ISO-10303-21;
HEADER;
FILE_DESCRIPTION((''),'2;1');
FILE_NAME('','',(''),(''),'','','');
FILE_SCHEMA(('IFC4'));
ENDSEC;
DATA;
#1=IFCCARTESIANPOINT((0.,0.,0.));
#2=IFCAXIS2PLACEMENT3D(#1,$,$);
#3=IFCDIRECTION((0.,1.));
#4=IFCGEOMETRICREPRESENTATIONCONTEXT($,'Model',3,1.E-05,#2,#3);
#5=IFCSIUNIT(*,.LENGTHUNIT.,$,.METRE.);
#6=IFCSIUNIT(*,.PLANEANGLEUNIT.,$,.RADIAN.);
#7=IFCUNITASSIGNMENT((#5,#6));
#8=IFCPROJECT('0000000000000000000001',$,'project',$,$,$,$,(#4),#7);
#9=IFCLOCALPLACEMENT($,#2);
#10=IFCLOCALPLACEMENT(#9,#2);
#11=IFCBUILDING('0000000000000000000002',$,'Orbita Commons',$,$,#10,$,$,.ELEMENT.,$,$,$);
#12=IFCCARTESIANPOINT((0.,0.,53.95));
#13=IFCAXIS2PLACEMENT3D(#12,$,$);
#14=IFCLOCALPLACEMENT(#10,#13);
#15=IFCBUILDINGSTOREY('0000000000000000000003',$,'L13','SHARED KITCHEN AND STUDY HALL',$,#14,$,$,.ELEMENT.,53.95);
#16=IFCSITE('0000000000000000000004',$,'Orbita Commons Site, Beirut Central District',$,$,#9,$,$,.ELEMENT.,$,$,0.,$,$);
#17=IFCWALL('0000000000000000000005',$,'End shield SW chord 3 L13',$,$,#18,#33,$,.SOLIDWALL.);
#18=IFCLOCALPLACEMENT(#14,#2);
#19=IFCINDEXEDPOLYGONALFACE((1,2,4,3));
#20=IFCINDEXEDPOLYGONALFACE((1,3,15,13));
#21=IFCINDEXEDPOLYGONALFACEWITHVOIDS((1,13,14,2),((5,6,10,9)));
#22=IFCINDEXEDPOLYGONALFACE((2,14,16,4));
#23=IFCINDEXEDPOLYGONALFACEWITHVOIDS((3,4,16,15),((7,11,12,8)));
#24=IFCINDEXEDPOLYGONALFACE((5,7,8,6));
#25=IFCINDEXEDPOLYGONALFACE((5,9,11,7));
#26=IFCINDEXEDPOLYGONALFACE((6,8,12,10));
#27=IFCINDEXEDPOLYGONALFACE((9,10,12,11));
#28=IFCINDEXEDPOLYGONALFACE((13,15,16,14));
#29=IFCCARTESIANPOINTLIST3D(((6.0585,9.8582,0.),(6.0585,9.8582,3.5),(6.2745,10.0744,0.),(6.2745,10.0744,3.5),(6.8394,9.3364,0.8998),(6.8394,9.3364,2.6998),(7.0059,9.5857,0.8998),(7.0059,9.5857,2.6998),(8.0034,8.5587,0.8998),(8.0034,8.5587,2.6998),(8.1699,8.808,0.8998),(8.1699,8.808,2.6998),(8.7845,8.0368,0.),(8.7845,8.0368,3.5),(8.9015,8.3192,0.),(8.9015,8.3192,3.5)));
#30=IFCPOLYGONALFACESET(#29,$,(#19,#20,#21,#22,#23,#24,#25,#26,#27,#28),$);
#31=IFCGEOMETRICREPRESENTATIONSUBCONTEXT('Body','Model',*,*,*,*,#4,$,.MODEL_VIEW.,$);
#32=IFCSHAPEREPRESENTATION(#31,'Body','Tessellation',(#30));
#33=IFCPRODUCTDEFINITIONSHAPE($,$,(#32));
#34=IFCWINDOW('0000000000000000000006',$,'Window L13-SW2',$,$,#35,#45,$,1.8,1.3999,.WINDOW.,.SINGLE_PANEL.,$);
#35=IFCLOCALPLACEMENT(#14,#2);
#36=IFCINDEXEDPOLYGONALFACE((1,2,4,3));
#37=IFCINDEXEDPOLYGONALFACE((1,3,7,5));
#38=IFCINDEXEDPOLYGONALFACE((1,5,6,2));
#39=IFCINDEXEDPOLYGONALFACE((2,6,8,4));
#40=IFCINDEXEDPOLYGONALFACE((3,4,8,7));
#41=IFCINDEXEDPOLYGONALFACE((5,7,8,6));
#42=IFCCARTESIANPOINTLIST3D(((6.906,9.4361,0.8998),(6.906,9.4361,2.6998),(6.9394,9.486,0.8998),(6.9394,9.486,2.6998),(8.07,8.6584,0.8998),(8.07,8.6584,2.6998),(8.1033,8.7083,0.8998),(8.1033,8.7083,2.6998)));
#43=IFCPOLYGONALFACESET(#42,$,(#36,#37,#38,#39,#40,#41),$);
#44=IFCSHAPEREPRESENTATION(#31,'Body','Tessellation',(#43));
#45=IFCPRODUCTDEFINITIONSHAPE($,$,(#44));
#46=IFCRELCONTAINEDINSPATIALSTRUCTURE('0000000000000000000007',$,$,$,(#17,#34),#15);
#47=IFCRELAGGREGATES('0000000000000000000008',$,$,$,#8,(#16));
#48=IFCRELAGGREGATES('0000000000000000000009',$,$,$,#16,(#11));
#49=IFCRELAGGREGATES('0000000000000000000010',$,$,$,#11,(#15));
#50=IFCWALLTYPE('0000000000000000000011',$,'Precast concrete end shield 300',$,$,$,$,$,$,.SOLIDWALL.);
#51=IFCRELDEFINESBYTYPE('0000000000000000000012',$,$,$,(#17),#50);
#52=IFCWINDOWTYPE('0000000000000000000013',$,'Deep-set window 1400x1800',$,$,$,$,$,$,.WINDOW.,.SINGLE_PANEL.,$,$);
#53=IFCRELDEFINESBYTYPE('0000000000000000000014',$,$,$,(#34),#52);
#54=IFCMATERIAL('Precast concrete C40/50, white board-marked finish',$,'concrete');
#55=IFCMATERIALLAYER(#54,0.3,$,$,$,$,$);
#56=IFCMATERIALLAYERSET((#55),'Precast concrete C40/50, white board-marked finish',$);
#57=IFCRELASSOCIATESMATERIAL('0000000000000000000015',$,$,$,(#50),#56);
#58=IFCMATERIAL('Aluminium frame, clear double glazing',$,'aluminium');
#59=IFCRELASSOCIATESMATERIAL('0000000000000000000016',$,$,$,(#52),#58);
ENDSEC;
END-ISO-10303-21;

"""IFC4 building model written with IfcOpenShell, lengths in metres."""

from ifc_helpers import new_model, si_unit, direction, frame, frame_2d, origin, place, context, subcontext, project, spatial, polyline, rectangle, outline, extrude, material, layer, layer_set, type_object, element, fill, save


model = new_model("IFC4")

# Units and contexts
model_context = context("Model", 3, precision=1e-05, world=origin(), true_north=direction((0.0, 1.0)))
body_context = subcontext(model_context, "Body", "Model", "MODEL_VIEW")
ifc_project = project(units=[si_unit("LENGTHUNIT", "METRE"), si_unit("PLANEANGLEUNIT", "RADIAN")], contexts=[model_context])

# Site, building, storey
site_placement = place(None, origin())
site = spatial("IfcSite", under=ifc_project, at=site_placement, Name="Orbita Commons Site, Beirut Central District", CompositionType="ELEMENT", RefElevation=0.0)
building_placement = place(site_placement, origin())
building = spatial("IfcBuilding", under=site, at=building_placement, Name="Orbita Commons", CompositionType="ELEMENT")
storey_placement = place(building_placement, frame((0.0, 0.0, 53.95)))
storey = spatial("IfcBuildingStorey", under=building, at=storey_placement, Name="L13", Description="SHARED KITCHEN AND STUDY HALL", CompositionType="ELEMENT", Elevation=53.95)

# Wall, opening, window
ifc_material_1 = material(Name="Precast concrete C40/50, white board-marked finish", Category="concrete")
ifc_layer_1 = layer(ifc_material_1, 0.3)
ifc_layer_set_1 = layer_set([ifc_layer_1], Name="Precast concrete C40/50, white board-marked finish")
wall_type_1 = type_object("IfcWallType", Name="Precast concrete end shield 300", PredefinedType="SOLIDWALL", material=ifc_layer_set_1)
ifc_material_2 = material(Name="Aluminium frame, clear double glazing", Category="aluminium")
window_type = type_object("IfcWindowType", Name="Deep-set window 1400x1800", PartitioningType="SINGLE_PANEL", PredefinedType="WINDOW", material=ifc_material_2)
wall_1_placement = place(storey_placement, frame((6.1665, 9.9663, 0.0), z_axis=(0.0, 0.0, 1.0), x_axis=(0.831478, -0.555558, 0.0)))
wall_1 = element("IfcWall", 1, at=wall_1_placement, inside=storey, type_object=wall_type_1, Name="End shield SW chord 3 L13", PredefinedType="SOLIDWALL", context=body_context, shape_type="SweptSolid", body=[
    extrude(outline(polyline([(-0.0298, -0.1499), (3.2488, -0.1499), (3.1892, 0.1499), (0.0298, 0.1499), (-0.0298, -0.1499)])), origin(), (0.0, 0.0, 1.0), 3.5),
])
opening_1_placement = place(wall_1_placement, frame((0.9094, 0.0, 0.8999)))
opening_1 = element("IfcOpeningElement", 2, at=opening_1_placement, cuts=wall_1, PredefinedType="OPENING", context=body_context, shape_type="SweptSolid", body=[
    extrude(rectangle(XDim=1.3999, YDim=1.8, at=frame_2d((0.7, 0.8999))), frame((0.0, 0.1599, 0.0), z_axis=(0.0, -1.0, 0.0), x_axis=(1.0, 0.0, 0.0)), (0.0, 0.0, 1.0), 0.3201),
])
window_1_placement = place(opening_1_placement, origin())
window_1 = element("IfcWindow", 3, at=window_1_placement, inside=storey, type_object=window_type, Name="Window L13-SW2", OverallHeight=1.8, OverallWidth=1.3999, PartitioningType="SINGLE_PANEL", PredefinedType="WINDOW", context=body_context, shape_type="SweptSolid", body=[
    extrude(rectangle(XDim=1.3999, YDim=1.8, at=frame_2d((0.7, 0.8999))), frame((0.0, 0.03, 0.0), z_axis=(0.0, -1.0, 0.0), x_axis=(1.0, 0.0, 0.0)), (0.0, 0.0, 1.0), 0.0601),
])
fill(opening_1, window_1)

save(model, "model.ifc")
